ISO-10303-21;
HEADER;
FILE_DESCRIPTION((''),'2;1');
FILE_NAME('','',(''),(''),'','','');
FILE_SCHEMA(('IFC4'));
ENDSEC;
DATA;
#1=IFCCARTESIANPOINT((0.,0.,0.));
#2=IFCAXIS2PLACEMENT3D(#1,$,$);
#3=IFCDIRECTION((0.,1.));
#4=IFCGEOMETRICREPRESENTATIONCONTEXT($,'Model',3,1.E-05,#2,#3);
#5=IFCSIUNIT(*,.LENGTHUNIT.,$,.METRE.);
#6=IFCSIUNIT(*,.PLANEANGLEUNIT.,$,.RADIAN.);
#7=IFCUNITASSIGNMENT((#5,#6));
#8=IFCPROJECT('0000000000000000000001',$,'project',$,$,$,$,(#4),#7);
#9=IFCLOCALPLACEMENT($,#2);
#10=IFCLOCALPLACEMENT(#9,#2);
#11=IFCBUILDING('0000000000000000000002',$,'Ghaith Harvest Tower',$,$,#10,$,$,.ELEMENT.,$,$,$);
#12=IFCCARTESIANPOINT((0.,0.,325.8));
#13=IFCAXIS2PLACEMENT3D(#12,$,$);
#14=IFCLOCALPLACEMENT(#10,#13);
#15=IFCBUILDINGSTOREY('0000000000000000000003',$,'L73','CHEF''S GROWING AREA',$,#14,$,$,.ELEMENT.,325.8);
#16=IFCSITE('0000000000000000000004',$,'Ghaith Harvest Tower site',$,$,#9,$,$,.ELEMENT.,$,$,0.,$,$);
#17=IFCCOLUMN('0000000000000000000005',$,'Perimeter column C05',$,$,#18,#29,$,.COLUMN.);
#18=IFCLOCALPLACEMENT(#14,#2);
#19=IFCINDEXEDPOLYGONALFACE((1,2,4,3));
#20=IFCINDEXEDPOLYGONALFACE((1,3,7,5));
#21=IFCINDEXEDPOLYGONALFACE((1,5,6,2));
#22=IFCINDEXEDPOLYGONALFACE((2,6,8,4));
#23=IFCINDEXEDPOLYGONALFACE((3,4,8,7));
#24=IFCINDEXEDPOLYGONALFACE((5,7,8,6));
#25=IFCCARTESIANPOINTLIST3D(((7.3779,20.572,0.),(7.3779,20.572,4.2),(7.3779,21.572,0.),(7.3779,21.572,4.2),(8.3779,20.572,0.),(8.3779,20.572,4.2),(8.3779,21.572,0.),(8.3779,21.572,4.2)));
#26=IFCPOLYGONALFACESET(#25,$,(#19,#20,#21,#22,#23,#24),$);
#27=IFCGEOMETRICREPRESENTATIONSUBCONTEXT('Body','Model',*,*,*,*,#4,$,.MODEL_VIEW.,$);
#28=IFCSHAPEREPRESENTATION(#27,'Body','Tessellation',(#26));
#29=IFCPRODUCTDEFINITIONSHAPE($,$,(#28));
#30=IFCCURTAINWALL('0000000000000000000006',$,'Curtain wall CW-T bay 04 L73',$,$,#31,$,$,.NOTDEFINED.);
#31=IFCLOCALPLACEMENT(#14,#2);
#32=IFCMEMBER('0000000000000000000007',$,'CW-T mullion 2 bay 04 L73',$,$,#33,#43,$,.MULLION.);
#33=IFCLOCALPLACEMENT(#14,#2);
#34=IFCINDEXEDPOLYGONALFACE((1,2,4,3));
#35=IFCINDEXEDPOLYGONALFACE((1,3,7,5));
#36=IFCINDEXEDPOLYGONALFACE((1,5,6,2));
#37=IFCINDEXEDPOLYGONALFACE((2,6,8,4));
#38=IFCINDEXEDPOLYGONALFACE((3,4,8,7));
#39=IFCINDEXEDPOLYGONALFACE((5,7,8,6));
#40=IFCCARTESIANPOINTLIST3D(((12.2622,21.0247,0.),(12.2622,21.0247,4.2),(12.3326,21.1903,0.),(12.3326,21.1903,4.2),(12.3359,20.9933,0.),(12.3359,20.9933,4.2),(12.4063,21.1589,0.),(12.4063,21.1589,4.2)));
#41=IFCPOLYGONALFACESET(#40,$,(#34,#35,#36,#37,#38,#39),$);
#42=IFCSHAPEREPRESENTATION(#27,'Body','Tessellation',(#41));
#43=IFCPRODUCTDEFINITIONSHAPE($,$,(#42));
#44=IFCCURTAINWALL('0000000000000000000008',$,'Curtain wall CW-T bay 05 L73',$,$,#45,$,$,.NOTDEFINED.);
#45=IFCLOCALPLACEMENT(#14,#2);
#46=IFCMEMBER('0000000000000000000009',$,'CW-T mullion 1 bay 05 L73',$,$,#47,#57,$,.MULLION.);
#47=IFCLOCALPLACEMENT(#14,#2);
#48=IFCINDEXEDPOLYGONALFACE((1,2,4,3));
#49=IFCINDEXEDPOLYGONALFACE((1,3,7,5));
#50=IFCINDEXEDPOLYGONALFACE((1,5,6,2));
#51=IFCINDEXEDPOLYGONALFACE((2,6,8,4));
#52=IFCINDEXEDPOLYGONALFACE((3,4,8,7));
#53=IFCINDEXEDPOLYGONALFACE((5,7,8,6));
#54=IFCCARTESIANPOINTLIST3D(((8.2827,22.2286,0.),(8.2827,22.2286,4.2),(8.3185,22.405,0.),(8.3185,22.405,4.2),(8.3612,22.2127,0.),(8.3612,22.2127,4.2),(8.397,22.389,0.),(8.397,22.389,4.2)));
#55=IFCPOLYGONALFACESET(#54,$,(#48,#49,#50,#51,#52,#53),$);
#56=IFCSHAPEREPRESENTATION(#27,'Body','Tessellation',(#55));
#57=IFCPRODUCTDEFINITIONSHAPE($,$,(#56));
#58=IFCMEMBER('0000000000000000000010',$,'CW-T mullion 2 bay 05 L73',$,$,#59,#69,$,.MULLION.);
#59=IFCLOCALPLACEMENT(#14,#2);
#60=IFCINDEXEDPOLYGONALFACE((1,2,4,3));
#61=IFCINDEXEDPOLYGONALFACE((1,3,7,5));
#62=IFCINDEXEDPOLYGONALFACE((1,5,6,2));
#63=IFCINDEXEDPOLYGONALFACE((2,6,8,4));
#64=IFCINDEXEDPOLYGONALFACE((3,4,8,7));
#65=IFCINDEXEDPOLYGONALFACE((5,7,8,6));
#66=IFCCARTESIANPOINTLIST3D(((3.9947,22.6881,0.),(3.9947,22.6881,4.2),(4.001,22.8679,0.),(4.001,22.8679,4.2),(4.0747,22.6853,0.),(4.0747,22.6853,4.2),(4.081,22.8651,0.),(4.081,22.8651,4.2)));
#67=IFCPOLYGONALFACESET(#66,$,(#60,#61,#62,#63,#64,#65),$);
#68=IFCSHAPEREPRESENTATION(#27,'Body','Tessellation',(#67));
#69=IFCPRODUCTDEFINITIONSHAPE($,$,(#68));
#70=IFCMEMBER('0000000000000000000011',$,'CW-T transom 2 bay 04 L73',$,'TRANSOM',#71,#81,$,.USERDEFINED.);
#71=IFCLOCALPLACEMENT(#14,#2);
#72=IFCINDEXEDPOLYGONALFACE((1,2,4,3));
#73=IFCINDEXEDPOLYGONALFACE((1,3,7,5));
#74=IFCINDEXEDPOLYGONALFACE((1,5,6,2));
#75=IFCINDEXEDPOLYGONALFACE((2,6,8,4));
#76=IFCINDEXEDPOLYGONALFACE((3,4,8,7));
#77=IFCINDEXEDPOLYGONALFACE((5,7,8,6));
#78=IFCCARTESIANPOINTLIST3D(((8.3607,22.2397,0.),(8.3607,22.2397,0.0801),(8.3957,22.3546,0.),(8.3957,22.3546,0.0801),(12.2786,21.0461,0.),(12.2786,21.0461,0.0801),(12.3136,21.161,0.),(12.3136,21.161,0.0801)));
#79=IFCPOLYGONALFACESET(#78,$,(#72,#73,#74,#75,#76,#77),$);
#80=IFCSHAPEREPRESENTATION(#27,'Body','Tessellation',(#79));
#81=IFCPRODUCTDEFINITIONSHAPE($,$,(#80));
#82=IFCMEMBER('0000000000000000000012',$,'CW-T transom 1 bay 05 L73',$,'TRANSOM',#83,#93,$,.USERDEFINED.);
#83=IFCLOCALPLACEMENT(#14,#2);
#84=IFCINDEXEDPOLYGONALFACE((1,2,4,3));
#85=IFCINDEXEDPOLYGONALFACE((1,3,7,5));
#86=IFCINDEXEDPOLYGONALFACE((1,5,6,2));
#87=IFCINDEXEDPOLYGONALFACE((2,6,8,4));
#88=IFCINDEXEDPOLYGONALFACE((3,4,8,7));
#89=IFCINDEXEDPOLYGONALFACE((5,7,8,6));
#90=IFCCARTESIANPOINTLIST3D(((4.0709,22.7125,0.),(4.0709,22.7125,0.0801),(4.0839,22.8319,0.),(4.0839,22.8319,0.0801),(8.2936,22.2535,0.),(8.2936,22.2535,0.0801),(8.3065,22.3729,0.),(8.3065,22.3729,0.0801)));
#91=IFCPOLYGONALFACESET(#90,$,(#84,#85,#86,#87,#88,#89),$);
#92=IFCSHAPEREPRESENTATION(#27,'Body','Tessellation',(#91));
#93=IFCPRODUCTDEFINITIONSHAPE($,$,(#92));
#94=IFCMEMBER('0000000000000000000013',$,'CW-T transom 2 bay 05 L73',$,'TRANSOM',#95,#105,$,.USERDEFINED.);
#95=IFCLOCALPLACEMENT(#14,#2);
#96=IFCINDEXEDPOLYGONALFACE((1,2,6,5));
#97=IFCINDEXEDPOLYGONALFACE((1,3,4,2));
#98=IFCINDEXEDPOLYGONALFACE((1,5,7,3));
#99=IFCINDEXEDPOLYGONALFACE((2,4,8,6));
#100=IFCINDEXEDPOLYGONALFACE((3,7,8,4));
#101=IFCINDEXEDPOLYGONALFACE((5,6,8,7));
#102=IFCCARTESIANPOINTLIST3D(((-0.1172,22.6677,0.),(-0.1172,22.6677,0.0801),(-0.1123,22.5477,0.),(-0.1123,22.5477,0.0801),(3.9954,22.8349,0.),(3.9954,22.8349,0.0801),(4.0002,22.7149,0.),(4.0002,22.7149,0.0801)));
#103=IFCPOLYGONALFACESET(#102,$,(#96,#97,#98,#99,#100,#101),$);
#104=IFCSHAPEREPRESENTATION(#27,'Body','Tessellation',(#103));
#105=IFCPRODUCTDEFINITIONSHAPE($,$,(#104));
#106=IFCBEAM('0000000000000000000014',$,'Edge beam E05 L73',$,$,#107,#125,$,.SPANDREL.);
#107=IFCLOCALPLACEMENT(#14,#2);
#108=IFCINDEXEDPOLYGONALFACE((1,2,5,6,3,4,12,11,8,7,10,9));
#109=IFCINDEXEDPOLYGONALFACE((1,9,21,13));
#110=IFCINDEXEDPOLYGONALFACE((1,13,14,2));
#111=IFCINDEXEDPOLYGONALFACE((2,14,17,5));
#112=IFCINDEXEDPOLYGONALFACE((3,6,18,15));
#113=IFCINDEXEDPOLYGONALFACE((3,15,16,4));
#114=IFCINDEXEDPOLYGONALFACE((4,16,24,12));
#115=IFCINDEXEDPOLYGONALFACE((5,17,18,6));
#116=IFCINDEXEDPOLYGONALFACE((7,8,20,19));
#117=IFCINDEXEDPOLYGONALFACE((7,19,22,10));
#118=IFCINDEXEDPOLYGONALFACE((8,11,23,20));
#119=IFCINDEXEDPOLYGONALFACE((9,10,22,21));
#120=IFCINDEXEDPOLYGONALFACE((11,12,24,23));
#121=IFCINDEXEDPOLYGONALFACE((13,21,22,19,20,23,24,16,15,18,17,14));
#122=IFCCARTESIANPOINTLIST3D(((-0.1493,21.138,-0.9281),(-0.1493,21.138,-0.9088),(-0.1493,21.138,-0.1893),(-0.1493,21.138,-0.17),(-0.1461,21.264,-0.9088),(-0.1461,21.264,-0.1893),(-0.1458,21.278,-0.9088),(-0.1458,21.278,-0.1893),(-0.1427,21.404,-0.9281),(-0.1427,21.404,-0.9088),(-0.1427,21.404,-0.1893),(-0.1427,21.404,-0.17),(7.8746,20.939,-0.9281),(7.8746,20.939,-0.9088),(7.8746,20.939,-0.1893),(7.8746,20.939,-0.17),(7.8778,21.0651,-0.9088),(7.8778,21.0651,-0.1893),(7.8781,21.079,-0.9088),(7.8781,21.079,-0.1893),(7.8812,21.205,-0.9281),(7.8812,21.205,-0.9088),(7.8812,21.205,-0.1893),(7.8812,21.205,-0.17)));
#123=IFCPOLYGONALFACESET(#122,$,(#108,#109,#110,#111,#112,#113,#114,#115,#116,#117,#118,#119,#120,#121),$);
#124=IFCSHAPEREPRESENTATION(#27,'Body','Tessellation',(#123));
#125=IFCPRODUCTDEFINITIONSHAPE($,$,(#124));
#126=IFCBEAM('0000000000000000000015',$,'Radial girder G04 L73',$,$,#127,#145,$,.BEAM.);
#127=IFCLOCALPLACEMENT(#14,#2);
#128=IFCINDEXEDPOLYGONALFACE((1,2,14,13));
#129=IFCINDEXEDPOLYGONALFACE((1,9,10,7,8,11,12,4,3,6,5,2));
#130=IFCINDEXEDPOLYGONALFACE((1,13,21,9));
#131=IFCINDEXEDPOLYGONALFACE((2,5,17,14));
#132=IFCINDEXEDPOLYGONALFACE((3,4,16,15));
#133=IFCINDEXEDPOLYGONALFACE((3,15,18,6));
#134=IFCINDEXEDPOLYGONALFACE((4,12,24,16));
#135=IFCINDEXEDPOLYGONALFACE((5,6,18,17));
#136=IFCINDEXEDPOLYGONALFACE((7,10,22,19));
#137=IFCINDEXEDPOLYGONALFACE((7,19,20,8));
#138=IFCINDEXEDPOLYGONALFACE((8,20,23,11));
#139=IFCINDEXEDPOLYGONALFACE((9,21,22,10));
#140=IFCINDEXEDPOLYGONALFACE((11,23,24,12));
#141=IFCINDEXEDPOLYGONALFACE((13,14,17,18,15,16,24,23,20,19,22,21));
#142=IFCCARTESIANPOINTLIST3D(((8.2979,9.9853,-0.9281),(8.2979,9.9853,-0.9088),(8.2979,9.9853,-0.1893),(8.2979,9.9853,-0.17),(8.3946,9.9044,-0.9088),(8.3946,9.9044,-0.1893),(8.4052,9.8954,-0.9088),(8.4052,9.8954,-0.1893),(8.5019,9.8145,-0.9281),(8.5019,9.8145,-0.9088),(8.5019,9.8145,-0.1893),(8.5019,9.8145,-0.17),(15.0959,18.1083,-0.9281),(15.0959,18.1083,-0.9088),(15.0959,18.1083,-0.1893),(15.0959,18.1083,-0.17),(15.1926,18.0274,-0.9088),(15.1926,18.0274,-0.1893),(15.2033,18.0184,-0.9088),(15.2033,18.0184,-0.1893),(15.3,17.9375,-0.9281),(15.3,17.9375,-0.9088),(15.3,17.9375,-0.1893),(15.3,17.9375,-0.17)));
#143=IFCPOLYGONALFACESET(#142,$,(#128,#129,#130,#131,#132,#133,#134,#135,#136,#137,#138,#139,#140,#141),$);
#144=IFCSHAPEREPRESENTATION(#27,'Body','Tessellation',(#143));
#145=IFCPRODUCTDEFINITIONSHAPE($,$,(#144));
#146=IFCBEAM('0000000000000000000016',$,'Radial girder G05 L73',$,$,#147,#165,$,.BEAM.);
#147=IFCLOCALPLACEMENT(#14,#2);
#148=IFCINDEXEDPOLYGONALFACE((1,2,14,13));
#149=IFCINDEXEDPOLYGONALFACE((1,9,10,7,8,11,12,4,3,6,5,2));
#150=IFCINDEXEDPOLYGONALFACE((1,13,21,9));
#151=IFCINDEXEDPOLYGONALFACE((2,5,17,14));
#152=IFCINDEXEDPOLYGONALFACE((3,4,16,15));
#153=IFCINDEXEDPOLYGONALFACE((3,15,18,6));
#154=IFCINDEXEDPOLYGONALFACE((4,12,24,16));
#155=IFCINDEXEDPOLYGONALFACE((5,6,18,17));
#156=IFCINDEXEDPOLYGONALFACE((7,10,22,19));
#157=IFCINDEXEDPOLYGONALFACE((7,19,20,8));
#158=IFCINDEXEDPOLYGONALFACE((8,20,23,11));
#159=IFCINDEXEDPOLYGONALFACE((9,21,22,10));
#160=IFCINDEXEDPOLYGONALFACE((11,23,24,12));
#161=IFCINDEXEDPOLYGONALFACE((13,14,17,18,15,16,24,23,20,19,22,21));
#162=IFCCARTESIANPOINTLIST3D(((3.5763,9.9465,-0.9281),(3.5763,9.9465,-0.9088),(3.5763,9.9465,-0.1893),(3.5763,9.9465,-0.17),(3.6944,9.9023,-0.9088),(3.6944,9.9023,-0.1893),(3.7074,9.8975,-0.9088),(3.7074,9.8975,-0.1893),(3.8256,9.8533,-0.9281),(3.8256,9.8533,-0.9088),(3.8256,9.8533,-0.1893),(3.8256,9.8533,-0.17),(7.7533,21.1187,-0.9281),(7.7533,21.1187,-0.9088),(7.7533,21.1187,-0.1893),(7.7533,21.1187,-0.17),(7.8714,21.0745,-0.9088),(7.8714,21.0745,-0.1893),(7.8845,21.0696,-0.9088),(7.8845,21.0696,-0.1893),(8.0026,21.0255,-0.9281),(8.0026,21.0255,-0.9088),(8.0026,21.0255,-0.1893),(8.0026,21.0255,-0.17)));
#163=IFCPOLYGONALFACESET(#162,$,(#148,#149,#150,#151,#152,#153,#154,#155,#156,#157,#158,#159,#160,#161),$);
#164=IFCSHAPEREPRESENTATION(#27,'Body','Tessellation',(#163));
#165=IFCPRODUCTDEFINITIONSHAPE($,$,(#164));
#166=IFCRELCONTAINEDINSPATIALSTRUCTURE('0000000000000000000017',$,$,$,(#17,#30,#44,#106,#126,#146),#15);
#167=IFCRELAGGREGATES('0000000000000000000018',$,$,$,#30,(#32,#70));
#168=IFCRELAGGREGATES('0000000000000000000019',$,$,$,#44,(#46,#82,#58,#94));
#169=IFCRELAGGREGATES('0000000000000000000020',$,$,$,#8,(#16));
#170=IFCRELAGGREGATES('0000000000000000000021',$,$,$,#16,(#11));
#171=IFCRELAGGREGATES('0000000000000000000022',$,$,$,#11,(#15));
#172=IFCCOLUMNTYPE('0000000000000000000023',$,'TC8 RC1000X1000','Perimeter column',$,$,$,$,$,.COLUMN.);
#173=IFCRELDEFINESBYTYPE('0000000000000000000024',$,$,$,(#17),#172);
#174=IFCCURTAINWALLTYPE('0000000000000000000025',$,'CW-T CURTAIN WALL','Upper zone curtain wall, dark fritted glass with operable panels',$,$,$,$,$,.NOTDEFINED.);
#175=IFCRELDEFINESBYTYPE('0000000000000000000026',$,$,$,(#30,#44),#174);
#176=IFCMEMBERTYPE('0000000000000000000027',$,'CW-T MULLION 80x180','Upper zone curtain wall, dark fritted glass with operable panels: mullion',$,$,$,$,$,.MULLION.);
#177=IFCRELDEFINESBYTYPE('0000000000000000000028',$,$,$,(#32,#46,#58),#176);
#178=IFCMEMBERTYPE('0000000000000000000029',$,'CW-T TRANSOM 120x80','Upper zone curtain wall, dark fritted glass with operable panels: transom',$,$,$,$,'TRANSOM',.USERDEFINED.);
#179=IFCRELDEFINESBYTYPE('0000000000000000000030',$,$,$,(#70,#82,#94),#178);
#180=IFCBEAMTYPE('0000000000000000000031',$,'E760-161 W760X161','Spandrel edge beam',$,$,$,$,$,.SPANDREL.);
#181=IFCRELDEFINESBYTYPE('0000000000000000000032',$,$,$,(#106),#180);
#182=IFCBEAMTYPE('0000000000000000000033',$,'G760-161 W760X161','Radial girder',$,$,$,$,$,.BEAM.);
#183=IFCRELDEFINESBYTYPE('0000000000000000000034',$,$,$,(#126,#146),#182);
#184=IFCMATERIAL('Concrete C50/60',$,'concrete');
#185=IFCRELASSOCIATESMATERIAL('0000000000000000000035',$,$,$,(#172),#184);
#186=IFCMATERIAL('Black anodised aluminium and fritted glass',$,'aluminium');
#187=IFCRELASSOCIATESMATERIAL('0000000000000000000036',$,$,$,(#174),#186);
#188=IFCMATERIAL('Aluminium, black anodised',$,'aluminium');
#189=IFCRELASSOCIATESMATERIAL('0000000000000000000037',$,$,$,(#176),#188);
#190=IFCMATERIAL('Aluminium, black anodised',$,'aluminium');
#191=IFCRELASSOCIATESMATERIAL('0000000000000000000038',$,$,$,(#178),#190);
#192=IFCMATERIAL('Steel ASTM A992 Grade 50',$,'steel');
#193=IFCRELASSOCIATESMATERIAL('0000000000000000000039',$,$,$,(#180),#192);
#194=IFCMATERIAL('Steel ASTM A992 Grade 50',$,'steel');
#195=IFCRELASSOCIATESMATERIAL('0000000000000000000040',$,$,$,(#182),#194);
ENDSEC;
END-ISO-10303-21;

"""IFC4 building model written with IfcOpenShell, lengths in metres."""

from ifc_helpers import new_model, si_unit, direction, frame, origin, origin_2d, place, context, subcontext, project, spatial, rectangle, i_section, extrude, material, material_profile, profile_set, type_object, element, aggregate, save


model = new_model("IFC4")

# Units and contexts
model_context = context("Model", 3, precision=1e-05, world=origin(), true_north=direction((0.0, 1.0)))
body_context = subcontext(model_context, "Body", "Model", "MODEL_VIEW")
ifc_project = project(units=[si_unit("LENGTHUNIT", "METRE"), si_unit("PLANEANGLEUNIT", "RADIAN")], contexts=[model_context])

# Site, building, storey
site_placement = place(None, origin())
site = spatial("IfcSite", under=ifc_project, at=site_placement, Name="Ghaith Harvest Tower site", CompositionType="ELEMENT", RefElevation=0.0)
building_placement = place(site_placement, origin())
building = spatial("IfcBuilding", under=site, at=building_placement, Name="Ghaith Harvest Tower", CompositionType="ELEMENT")
storey_placement = place(building_placement, frame((0.0, 0.0, 325.8)))
storey = spatial("IfcBuildingStorey", under=building, at=storey_placement, Name="L73", Description="CHEF'S GROWING AREA", CompositionType="ELEMENT", Elevation=325.8)

# Column
ifc_material_1 = material(Name="Concrete C50/60", Category="concrete")
ifc_material_profile_1 = material_profile(ifc_material_1, rectangle(XDim=1.0, YDim=1.0, at=origin_2d()), Name="RC1000X1000")
ifc_profile_set_1 = profile_set([ifc_material_profile_1], Name="Concrete C50/60")
column_type = type_object("IfcColumnType", Name="TC8 RC1000X1000", Description="Perimeter column", PredefinedType="COLUMN", material=ifc_profile_set_1)
column_placement = place(storey_placement, frame((7.8779, 21.072, 0.0), z_axis=(0.0, 0.0, 1.0), x_axis=(1.0, 0.0, 0.0)))
element("IfcColumn", 1, at=column_placement, inside=storey, type_object=column_type, Name="Perimeter column C05", PredefinedType="COLUMN", context=body_context, shape_type="SweptSolid", body=[
    extrude(rectangle(XDim=1.0, YDim=1.0, at=origin_2d()), origin(), (0.0, 0.0, 1.0), 4.2),
])

# Curtain wall, member
ifc_material_2 = material(Name="Black anodised aluminium and fritted glass", Category="aluminium")
curtain_wall_type = type_object("IfcCurtainWallType", Name="CW-T CURTAIN WALL", Description="Upper zone curtain wall, dark fritted glass with operable panels", PredefinedType="NOTDEFINED", material=ifc_material_2)
curtain_wall_1_placement = place(storey_placement, origin())
curtain_wall_1 = element("IfcCurtainWall", 2, at=curtain_wall_1_placement, inside=storey, type_object=curtain_wall_type, Name="Curtain wall CW-T bay 04 L73", PredefinedType="NOTDEFINED")
ifc_material_3 = material(Name="Aluminium, black anodised", Category="aluminium")
ifc_material_profile_2 = material_profile(ifc_material_3, rectangle(XDim=0.0801, YDim=0.1799, at=origin_2d()), Name="CW-T MULLION 80x180")
ifc_profile_set_2 = profile_set([ifc_material_profile_2], Name="Aluminium, black anodised")
member_type_1 = type_object("IfcMemberType", Name="CW-T MULLION 80x180", Description="Upper zone curtain wall, dark fritted glass with operable panels: mullion", PredefinedType="MULLION", material=ifc_profile_set_2)
member_1_placement = place(storey_placement, frame((12.3342, 21.0918, 0.0), z_axis=(0.0, 0.0, 1.0), x_axis=(-0.920319, 0.391168, 0.0)))
member_1 = element("IfcMember", 3, at=member_1_placement, type_object=member_type_1, Name="CW-T mullion 2 bay 04 L73", PredefinedType="MULLION", context=body_context, shape_type="SweptSolid", body=[
    extrude(rectangle(XDim=0.0801, YDim=0.1799, at=origin_2d()), origin(), (0.0, 0.0, 1.0), 4.2),
])

# Curtain wall, members
curtain_wall_2_placement = place(storey_placement, origin())
curtain_wall_2 = element("IfcCurtainWall", 4, at=curtain_wall_2_placement, inside=storey, type_object=curtain_wall_type, Name="Curtain wall CW-T bay 05 L73", PredefinedType="NOTDEFINED")
member_2_placement = place(storey_placement, frame((8.3398, 22.3088, 0.0), z_axis=(0.0, 0.0, 1.0), x_axis=(-0.98, 0.198997, 0.0)))
member_2 = element("IfcMember", 5, at=member_2_placement, type_object=member_type_1, Name="CW-T mullion 1 bay 05 L73", PredefinedType="MULLION", context=body_context, shape_type="SweptSolid", body=[
    extrude(rectangle(XDim=0.0801, YDim=0.1799, at=origin_2d()), origin(), (0.0, 0.0, 1.0), 4.2),
])
member_3_placement = place(storey_placement, frame((4.0378, 22.7766, 0.0), z_axis=(0.0, 0.0, 1.0), x_axis=(-0.999389, 0.034962, 0.0)))
member_3 = element("IfcMember", 6, at=member_3_placement, type_object=member_type_1, Name="CW-T mullion 2 bay 05 L73", PredefinedType="MULLION", context=body_context, shape_type="SweptSolid", body=[
    extrude(rectangle(XDim=0.0801, YDim=0.1799, at=origin_2d()), origin(), (0.0, 0.0, 1.0), 4.2),
])

# Members
ifc_material_4 = material(Name="Aluminium, black anodised", Category="aluminium")
ifc_material_profile_3 = material_profile(ifc_material_4, rectangle(XDim=0.1201, YDim=0.0801, at=origin_2d()), Name="CW-T TRANSOM 120x80")
ifc_profile_set_3 = profile_set([ifc_material_profile_3], Name="Aluminium, black anodised")
member_type_2 = type_object("IfcMemberType", Name="CW-T TRANSOM 120x80", Description="Upper zone curtain wall, dark fritted glass with operable panels: transom", ElementType="TRANSOM", PredefinedType="USERDEFINED", material=ifc_profile_set_3)
member_4_placement = place(storey_placement, frame((12.2961, 21.1035, 0.04), z_axis=(-0.956594, 0.291425, 0.0), x_axis=(-0.291425, -0.956594, 0.0)))
member_4 = element("IfcMember", 7, at=member_4_placement, type_object=member_type_2, Name="CW-T transom 2 bay 04 L73", ObjectType="TRANSOM", PredefinedType="USERDEFINED", context=body_context, shape_type="SweptSolid", body=[
    extrude(rectangle(XDim=0.1201, YDim=0.0801, at=origin_2d()), origin(), (0.0, 0.0, 1.0), 4.0957),
])
member_5_placement = place(storey_placement, frame((8.3, 22.3132, 0.04), z_axis=(-0.994144, 0.108059, 0.0), x_axis=(-0.108059, -0.994144, 0.0)))
member_5 = element("IfcMember", 8, at=member_5_placement, type_object=member_type_2, Name="CW-T transom 1 bay 05 L73", ObjectType="TRANSOM", PredefinedType="USERDEFINED", context=body_context, shape_type="SweptSolid", body=[
    extrude(rectangle(XDim=0.1201, YDim=0.0801, at=origin_2d()), origin(), (0.0, 0.0, 1.0), 4.2476),
])
member_6_placement = place(storey_placement, frame((3.9978, 22.7749, 0.04), z_axis=(-0.999174, -0.040631, 0.0), x_axis=(0.040631, -0.999174, 0.0)))
member_6 = element("IfcMember", 9, at=member_6_placement, type_object=member_type_2, Name="CW-T transom 2 bay 05 L73", ObjectType="TRANSOM", PredefinedType="USERDEFINED", context=body_context, shape_type="SweptSolid", body=[
    extrude(rectangle(XDim=0.1201, YDim=0.0801, at=origin_2d()), origin(), (0.0, 0.0, 1.0), 4.116),
])

# Beams
ifc_material_5 = material(Name="Steel ASTM A992 Grade 50", Category="steel")
ifc_material_profile_4 = material_profile(ifc_material_5, i_section(OverallWidth=0.2661, OverallDepth=0.7581, WebThickness=0.0139, FlangeThickness=0.0193, at=origin_2d()), Name="W760X161")
ifc_profile_set_4 = profile_set([ifc_material_profile_4], Name="Steel ASTM A992 Grade 50")
beam_type_1 = type_object("IfcBeamType", Name="E760-161 W760X161", Description="Spandrel edge beam", PredefinedType="SPANDREL", material=ifc_profile_set_4)
beam_1_placement = place(storey_placement, frame((7.8779, 21.072, -0.5491), z_axis=(-0.999693, 0.02479, 0.0), x_axis=(-0.02479, -0.999693, 0.0)))
element("IfcBeam", 10, at=beam_1_placement, inside=storey, type_object=beam_type_1, Name="Edge beam E05 L73", PredefinedType="SPANDREL", context=body_context, shape_type="SweptSolid", body=[
    extrude(i_section(OverallWidth=0.2661, OverallDepth=0.7581, WebThickness=0.0139, FlangeThickness=0.0193, at=origin_2d()), origin(), (0.0, 0.0, 1.0), 8.0264),
])
ifc_material_6 = material(Name="Steel ASTM A992 Grade 50", Category="steel")
ifc_material_profile_5 = material_profile(ifc_material_6, i_section(OverallWidth=0.2661, OverallDepth=0.7581, WebThickness=0.0139, FlangeThickness=0.0193, at=origin_2d()), Name="W760X161")
ifc_profile_set_5 = profile_set([ifc_material_profile_5], Name="Steel ASTM A992 Grade 50")
beam_type_2 = type_object("IfcBeamType", Name="G760-161 W760X161", Description="Radial girder", PredefinedType="BEAM", material=ifc_profile_set_5)
beam_2_placement = place(storey_placement, frame((8.3999, 9.8999, -0.5491), z_axis=(0.641793, 0.766878, 0.0), x_axis=(-0.766878, 0.641793, 0.0)))
element("IfcBeam", 11, at=beam_2_placement, inside=storey, type_object=beam_type_2, Name="Radial girder G04 L73", PredefinedType="BEAM", context=body_context, shape_type="SweptSolid", body=[
    extrude(i_section(OverallWidth=0.2661, OverallDepth=0.7581, WebThickness=0.0139, FlangeThickness=0.0193, at=origin_2d()), origin(), (0.0, 0.0, 1.0), 10.5923),
])
beam_3_placement = place(storey_placement, frame((3.7009, 9.8999, -0.5491), z_axis=(0.350201, 0.936674, 0.0), x_axis=(-0.936674, 0.350201, 0.0)))
element("IfcBeam", 12, at=beam_3_placement, inside=storey, type_object=beam_type_2, Name="Radial girder G05 L73", PredefinedType="BEAM", context=body_context, shape_type="SweptSolid", body=[
    extrude(i_section(OverallWidth=0.2661, OverallDepth=0.7581, WebThickness=0.0139, FlangeThickness=0.0193, at=origin_2d()), origin(), (0.0, 0.0, 1.0), 11.9275),
])

aggregate(curtain_wall_1, [member_1, member_4])
aggregate(curtain_wall_2, [member_2, member_5, member_3, member_6])

save(model, "model.ifc")
